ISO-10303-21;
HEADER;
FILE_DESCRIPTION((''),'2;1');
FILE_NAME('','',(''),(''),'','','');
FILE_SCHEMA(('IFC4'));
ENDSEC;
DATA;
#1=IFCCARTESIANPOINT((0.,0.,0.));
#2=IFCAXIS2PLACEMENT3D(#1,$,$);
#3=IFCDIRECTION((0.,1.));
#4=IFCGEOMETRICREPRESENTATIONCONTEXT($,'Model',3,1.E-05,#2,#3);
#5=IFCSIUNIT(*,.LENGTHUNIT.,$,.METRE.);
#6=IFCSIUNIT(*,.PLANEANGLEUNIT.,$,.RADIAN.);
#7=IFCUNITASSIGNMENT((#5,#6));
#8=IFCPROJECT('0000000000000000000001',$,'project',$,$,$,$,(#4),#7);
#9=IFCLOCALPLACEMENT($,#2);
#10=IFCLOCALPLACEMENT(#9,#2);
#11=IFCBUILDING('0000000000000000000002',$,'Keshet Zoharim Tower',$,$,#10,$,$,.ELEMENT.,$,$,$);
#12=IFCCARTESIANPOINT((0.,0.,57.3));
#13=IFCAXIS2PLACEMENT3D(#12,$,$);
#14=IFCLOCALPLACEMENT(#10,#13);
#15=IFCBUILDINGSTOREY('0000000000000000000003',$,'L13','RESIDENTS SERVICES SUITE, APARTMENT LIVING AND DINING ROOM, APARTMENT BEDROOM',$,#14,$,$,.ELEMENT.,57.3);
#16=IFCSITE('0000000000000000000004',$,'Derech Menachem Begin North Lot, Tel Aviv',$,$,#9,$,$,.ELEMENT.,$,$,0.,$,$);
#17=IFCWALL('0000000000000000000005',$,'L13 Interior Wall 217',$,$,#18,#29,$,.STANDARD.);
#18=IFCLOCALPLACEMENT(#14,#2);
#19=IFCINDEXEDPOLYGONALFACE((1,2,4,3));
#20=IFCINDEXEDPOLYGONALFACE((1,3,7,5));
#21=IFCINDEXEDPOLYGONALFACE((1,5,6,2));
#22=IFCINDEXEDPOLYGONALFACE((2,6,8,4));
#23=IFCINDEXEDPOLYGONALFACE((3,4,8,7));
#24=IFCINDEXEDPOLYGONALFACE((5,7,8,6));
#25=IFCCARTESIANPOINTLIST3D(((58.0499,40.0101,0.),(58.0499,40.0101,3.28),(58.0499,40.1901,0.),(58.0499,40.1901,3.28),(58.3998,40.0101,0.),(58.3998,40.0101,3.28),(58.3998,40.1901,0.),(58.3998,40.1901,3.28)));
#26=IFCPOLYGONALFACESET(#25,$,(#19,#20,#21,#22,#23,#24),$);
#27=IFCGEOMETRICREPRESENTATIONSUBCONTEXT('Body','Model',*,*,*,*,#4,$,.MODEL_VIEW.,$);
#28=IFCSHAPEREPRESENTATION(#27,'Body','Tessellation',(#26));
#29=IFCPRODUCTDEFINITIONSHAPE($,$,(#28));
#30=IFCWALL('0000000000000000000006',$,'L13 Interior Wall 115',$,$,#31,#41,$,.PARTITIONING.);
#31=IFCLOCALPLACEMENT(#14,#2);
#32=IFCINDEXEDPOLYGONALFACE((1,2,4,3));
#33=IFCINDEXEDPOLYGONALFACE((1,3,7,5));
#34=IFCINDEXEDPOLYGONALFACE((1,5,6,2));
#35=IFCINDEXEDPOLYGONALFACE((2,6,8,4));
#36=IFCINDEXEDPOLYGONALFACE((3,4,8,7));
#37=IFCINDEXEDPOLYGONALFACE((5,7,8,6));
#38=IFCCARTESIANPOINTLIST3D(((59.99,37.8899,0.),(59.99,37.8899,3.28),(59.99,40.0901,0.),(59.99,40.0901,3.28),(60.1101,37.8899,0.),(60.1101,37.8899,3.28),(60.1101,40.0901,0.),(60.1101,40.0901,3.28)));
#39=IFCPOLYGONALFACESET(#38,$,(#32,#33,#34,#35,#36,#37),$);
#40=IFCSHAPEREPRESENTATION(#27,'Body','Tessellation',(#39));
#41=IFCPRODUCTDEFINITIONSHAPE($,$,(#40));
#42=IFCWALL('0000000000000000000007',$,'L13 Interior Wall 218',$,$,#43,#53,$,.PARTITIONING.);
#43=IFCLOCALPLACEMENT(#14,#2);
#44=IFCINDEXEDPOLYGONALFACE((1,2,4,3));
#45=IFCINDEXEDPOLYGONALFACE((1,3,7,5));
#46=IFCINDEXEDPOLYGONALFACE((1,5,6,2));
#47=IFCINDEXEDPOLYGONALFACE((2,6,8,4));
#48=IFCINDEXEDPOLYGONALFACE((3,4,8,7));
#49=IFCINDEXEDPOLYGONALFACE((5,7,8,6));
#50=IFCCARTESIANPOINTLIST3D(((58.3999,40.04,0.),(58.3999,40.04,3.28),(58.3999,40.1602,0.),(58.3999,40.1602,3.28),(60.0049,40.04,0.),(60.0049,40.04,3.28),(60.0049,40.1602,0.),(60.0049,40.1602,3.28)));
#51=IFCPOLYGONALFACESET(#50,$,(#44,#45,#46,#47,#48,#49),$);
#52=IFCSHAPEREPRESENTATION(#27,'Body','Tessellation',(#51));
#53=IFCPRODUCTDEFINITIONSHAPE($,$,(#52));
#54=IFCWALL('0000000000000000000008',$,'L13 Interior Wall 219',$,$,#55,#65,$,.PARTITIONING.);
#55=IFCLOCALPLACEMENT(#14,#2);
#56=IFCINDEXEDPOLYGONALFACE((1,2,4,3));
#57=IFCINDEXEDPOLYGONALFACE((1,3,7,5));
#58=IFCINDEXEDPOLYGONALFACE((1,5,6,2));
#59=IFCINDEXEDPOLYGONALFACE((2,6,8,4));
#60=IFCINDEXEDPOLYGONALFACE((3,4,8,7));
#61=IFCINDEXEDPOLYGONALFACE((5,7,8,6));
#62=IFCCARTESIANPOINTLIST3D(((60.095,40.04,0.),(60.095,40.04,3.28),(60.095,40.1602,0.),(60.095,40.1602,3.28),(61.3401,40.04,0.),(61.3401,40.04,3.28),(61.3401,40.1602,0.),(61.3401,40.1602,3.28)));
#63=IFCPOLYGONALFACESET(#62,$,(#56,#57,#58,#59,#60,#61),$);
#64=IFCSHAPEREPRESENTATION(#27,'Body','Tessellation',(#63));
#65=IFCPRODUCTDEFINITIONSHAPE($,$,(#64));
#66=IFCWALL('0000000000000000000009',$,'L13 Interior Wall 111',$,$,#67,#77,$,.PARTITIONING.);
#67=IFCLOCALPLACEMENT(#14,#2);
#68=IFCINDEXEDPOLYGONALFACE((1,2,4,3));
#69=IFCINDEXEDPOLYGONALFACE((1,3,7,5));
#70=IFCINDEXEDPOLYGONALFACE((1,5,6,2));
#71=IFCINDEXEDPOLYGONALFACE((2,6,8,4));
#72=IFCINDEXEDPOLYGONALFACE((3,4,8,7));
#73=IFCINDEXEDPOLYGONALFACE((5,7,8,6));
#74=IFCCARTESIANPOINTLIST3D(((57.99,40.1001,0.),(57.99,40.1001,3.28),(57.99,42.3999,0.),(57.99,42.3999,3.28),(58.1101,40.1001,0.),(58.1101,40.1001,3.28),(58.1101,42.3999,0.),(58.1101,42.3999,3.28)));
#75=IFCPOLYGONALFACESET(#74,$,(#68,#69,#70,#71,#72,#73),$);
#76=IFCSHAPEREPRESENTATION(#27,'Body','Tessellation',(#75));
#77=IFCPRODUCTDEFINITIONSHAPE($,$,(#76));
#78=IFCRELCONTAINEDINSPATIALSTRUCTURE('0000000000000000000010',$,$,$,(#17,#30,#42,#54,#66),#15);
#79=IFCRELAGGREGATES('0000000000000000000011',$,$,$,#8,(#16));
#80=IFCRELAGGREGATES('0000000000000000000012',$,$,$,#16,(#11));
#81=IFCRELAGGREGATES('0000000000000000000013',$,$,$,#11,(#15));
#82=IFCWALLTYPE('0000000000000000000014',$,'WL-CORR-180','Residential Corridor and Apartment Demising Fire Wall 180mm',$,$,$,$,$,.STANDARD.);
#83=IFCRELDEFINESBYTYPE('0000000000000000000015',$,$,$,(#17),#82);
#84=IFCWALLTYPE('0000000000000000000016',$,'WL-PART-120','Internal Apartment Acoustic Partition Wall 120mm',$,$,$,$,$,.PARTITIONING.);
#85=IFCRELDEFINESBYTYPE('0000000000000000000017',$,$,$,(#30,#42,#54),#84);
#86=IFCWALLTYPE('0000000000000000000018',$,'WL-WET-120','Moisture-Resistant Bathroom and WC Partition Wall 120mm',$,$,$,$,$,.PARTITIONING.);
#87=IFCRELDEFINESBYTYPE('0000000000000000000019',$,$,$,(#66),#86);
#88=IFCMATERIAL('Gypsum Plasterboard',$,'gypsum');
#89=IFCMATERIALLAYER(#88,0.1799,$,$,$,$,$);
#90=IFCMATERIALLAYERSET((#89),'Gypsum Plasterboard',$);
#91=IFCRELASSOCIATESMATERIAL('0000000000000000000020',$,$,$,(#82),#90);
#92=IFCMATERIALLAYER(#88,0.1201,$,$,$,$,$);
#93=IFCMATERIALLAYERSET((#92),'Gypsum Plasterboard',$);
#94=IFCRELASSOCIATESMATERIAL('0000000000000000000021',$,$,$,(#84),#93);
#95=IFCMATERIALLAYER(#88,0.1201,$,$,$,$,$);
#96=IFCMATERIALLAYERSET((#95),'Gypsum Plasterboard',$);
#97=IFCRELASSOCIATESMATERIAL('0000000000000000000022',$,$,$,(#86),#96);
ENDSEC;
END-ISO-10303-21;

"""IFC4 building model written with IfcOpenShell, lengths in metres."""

from ifc_helpers import new_model, si_unit, direction, frame, frame_2d, origin, place, context, subcontext, project, spatial, rectangle, extrude, material, layer, layer_set, type_object, element, save


model = new_model("IFC4")

# Units and contexts
model_context = context("Model", 3, precision=1e-05, world=origin(), true_north=direction((0.0, 1.0)))
body_context = subcontext(model_context, "Body", "Model", "MODEL_VIEW")
ifc_project = project(units=[si_unit("LENGTHUNIT", "METRE"), si_unit("PLANEANGLEUNIT", "RADIAN")], contexts=[model_context])

# Site, building, storey
site_placement = place(None, origin())
site = spatial("IfcSite", under=ifc_project, at=site_placement, Name="Derech Menachem Begin North Lot, Tel Aviv", CompositionType="ELEMENT", RefElevation=0.0)
building_placement = place(site_placement, origin())
building = spatial("IfcBuilding", under=site, at=building_placement, Name="Keshet Zoharim Tower", CompositionType="ELEMENT")
storey_placement = place(building_placement, frame((0.0, 0.0, 57.3)))
storey = spatial("IfcBuildingStorey", under=building, at=storey_placement, Name="L13", Description="RESIDENTS SERVICES SUITE, APARTMENT LIVING AND DINING ROOM, APARTMENT BEDROOM", CompositionType="ELEMENT", Elevation=57.3)

# Walls
ifc_material_1 = material(Name="Gypsum Plasterboard", Category="gypsum")
ifc_layer_1 = layer(ifc_material_1, 0.1799)
ifc_layer_set_1 = layer_set([ifc_layer_1], Name="Gypsum Plasterboard")
wall_type_1 = type_object("IfcWallType", Name="WL-CORR-180", Description="Residential Corridor and Apartment Demising Fire Wall 180mm", PredefinedType="STANDARD", material=ifc_layer_set_1)
wall_1_placement = place(storey_placement, frame((58.05, 40.1001, 0.0), z_axis=(0.0, 0.0, 1.0), x_axis=(1.0, 0.0, 0.0)))
element("IfcWall", 1, at=wall_1_placement, inside=storey, type_object=wall_type_1, Name="L13 Interior Wall 217", PredefinedType="STANDARD", context=body_context, shape_type="SweptSolid", body=[
    extrude(rectangle(XDim=0.3499, YDim=0.1799, at=frame_2d((0.1748, 0.0))), origin(), (0.0, 0.0, 1.0), 3.28),
])
ifc_layer_2 = layer(ifc_material_1, 0.1201)
ifc_layer_set_2 = layer_set([ifc_layer_2], Name="Gypsum Plasterboard")
wall_type_2 = type_object("IfcWallType", Name="WL-PART-120", Description="Internal Apartment Acoustic Partition Wall 120mm", PredefinedType="PARTITIONING", material=ifc_layer_set_2)
wall_2_placement = place(storey_placement, frame((60.05, 37.8899, 0.0), z_axis=(0.0, 0.0, 1.0), x_axis=(0.0, 1.0, 0.0)))
element("IfcWall", 2, at=wall_2_placement, inside=storey, type_object=wall_type_2, Name="L13 Interior Wall 115", PredefinedType="PARTITIONING", context=body_context, shape_type="SweptSolid", body=[
    extrude(rectangle(XDim=2.2002, YDim=0.1201, at=frame_2d((1.1001, 0.0))), origin(), (0.0, 0.0, 1.0), 3.28),
])
wall_3_placement = place(storey_placement, frame((58.3999, 40.1001, 0.0), z_axis=(0.0, 0.0, 1.0), x_axis=(1.0, 0.0, 0.0)))
element("IfcWall", 3, at=wall_3_placement, inside=storey, type_object=wall_type_2, Name="L13 Interior Wall 218", PredefinedType="PARTITIONING", context=body_context, shape_type="SweptSolid", body=[
    extrude(rectangle(XDim=1.605, YDim=0.1201, at=frame_2d((0.8025, 0.0))), origin(), (0.0, 0.0, 1.0), 3.28),
])
wall_4_placement = place(storey_placement, frame((60.095, 40.1001, 0.0), z_axis=(0.0, 0.0, 1.0), x_axis=(1.0, 0.0, 0.0)))
element("IfcWall", 4, at=wall_4_placement, inside=storey, type_object=wall_type_2, Name="L13 Interior Wall 219", PredefinedType="PARTITIONING", context=body_context, shape_type="SweptSolid", body=[
    extrude(rectangle(XDim=1.2451, YDim=0.1201, at=frame_2d((0.6226, 0.0))), origin(), (0.0, 0.0, 1.0), 3.28),
])
ifc_layer_3 = layer(ifc_material_1, 0.1201)
ifc_layer_set_3 = layer_set([ifc_layer_3], Name="Gypsum Plasterboard")
wall_type_3 = type_object("IfcWallType", Name="WL-WET-120", Description="Moisture-Resistant Bathroom and WC Partition Wall 120mm", PredefinedType="PARTITIONING", material=ifc_layer_set_3)
wall_5_placement = place(storey_placement, frame((58.05, 40.1001, 0.0), z_axis=(0.0, 0.0, 1.0), x_axis=(0.0, 1.0, 0.0)))
element("IfcWall", 5, at=wall_5_placement, inside=storey, type_object=wall_type_3, Name="L13 Interior Wall 111", PredefinedType="PARTITIONING", context=body_context, shape_type="SweptSolid", body=[
    extrude(rectangle(XDim=2.2998, YDim=0.1201, at=frame_2d((1.1499, 0.0))), origin(), (0.0, 0.0, 1.0), 3.28),
])

save(model, "model.ifc")
